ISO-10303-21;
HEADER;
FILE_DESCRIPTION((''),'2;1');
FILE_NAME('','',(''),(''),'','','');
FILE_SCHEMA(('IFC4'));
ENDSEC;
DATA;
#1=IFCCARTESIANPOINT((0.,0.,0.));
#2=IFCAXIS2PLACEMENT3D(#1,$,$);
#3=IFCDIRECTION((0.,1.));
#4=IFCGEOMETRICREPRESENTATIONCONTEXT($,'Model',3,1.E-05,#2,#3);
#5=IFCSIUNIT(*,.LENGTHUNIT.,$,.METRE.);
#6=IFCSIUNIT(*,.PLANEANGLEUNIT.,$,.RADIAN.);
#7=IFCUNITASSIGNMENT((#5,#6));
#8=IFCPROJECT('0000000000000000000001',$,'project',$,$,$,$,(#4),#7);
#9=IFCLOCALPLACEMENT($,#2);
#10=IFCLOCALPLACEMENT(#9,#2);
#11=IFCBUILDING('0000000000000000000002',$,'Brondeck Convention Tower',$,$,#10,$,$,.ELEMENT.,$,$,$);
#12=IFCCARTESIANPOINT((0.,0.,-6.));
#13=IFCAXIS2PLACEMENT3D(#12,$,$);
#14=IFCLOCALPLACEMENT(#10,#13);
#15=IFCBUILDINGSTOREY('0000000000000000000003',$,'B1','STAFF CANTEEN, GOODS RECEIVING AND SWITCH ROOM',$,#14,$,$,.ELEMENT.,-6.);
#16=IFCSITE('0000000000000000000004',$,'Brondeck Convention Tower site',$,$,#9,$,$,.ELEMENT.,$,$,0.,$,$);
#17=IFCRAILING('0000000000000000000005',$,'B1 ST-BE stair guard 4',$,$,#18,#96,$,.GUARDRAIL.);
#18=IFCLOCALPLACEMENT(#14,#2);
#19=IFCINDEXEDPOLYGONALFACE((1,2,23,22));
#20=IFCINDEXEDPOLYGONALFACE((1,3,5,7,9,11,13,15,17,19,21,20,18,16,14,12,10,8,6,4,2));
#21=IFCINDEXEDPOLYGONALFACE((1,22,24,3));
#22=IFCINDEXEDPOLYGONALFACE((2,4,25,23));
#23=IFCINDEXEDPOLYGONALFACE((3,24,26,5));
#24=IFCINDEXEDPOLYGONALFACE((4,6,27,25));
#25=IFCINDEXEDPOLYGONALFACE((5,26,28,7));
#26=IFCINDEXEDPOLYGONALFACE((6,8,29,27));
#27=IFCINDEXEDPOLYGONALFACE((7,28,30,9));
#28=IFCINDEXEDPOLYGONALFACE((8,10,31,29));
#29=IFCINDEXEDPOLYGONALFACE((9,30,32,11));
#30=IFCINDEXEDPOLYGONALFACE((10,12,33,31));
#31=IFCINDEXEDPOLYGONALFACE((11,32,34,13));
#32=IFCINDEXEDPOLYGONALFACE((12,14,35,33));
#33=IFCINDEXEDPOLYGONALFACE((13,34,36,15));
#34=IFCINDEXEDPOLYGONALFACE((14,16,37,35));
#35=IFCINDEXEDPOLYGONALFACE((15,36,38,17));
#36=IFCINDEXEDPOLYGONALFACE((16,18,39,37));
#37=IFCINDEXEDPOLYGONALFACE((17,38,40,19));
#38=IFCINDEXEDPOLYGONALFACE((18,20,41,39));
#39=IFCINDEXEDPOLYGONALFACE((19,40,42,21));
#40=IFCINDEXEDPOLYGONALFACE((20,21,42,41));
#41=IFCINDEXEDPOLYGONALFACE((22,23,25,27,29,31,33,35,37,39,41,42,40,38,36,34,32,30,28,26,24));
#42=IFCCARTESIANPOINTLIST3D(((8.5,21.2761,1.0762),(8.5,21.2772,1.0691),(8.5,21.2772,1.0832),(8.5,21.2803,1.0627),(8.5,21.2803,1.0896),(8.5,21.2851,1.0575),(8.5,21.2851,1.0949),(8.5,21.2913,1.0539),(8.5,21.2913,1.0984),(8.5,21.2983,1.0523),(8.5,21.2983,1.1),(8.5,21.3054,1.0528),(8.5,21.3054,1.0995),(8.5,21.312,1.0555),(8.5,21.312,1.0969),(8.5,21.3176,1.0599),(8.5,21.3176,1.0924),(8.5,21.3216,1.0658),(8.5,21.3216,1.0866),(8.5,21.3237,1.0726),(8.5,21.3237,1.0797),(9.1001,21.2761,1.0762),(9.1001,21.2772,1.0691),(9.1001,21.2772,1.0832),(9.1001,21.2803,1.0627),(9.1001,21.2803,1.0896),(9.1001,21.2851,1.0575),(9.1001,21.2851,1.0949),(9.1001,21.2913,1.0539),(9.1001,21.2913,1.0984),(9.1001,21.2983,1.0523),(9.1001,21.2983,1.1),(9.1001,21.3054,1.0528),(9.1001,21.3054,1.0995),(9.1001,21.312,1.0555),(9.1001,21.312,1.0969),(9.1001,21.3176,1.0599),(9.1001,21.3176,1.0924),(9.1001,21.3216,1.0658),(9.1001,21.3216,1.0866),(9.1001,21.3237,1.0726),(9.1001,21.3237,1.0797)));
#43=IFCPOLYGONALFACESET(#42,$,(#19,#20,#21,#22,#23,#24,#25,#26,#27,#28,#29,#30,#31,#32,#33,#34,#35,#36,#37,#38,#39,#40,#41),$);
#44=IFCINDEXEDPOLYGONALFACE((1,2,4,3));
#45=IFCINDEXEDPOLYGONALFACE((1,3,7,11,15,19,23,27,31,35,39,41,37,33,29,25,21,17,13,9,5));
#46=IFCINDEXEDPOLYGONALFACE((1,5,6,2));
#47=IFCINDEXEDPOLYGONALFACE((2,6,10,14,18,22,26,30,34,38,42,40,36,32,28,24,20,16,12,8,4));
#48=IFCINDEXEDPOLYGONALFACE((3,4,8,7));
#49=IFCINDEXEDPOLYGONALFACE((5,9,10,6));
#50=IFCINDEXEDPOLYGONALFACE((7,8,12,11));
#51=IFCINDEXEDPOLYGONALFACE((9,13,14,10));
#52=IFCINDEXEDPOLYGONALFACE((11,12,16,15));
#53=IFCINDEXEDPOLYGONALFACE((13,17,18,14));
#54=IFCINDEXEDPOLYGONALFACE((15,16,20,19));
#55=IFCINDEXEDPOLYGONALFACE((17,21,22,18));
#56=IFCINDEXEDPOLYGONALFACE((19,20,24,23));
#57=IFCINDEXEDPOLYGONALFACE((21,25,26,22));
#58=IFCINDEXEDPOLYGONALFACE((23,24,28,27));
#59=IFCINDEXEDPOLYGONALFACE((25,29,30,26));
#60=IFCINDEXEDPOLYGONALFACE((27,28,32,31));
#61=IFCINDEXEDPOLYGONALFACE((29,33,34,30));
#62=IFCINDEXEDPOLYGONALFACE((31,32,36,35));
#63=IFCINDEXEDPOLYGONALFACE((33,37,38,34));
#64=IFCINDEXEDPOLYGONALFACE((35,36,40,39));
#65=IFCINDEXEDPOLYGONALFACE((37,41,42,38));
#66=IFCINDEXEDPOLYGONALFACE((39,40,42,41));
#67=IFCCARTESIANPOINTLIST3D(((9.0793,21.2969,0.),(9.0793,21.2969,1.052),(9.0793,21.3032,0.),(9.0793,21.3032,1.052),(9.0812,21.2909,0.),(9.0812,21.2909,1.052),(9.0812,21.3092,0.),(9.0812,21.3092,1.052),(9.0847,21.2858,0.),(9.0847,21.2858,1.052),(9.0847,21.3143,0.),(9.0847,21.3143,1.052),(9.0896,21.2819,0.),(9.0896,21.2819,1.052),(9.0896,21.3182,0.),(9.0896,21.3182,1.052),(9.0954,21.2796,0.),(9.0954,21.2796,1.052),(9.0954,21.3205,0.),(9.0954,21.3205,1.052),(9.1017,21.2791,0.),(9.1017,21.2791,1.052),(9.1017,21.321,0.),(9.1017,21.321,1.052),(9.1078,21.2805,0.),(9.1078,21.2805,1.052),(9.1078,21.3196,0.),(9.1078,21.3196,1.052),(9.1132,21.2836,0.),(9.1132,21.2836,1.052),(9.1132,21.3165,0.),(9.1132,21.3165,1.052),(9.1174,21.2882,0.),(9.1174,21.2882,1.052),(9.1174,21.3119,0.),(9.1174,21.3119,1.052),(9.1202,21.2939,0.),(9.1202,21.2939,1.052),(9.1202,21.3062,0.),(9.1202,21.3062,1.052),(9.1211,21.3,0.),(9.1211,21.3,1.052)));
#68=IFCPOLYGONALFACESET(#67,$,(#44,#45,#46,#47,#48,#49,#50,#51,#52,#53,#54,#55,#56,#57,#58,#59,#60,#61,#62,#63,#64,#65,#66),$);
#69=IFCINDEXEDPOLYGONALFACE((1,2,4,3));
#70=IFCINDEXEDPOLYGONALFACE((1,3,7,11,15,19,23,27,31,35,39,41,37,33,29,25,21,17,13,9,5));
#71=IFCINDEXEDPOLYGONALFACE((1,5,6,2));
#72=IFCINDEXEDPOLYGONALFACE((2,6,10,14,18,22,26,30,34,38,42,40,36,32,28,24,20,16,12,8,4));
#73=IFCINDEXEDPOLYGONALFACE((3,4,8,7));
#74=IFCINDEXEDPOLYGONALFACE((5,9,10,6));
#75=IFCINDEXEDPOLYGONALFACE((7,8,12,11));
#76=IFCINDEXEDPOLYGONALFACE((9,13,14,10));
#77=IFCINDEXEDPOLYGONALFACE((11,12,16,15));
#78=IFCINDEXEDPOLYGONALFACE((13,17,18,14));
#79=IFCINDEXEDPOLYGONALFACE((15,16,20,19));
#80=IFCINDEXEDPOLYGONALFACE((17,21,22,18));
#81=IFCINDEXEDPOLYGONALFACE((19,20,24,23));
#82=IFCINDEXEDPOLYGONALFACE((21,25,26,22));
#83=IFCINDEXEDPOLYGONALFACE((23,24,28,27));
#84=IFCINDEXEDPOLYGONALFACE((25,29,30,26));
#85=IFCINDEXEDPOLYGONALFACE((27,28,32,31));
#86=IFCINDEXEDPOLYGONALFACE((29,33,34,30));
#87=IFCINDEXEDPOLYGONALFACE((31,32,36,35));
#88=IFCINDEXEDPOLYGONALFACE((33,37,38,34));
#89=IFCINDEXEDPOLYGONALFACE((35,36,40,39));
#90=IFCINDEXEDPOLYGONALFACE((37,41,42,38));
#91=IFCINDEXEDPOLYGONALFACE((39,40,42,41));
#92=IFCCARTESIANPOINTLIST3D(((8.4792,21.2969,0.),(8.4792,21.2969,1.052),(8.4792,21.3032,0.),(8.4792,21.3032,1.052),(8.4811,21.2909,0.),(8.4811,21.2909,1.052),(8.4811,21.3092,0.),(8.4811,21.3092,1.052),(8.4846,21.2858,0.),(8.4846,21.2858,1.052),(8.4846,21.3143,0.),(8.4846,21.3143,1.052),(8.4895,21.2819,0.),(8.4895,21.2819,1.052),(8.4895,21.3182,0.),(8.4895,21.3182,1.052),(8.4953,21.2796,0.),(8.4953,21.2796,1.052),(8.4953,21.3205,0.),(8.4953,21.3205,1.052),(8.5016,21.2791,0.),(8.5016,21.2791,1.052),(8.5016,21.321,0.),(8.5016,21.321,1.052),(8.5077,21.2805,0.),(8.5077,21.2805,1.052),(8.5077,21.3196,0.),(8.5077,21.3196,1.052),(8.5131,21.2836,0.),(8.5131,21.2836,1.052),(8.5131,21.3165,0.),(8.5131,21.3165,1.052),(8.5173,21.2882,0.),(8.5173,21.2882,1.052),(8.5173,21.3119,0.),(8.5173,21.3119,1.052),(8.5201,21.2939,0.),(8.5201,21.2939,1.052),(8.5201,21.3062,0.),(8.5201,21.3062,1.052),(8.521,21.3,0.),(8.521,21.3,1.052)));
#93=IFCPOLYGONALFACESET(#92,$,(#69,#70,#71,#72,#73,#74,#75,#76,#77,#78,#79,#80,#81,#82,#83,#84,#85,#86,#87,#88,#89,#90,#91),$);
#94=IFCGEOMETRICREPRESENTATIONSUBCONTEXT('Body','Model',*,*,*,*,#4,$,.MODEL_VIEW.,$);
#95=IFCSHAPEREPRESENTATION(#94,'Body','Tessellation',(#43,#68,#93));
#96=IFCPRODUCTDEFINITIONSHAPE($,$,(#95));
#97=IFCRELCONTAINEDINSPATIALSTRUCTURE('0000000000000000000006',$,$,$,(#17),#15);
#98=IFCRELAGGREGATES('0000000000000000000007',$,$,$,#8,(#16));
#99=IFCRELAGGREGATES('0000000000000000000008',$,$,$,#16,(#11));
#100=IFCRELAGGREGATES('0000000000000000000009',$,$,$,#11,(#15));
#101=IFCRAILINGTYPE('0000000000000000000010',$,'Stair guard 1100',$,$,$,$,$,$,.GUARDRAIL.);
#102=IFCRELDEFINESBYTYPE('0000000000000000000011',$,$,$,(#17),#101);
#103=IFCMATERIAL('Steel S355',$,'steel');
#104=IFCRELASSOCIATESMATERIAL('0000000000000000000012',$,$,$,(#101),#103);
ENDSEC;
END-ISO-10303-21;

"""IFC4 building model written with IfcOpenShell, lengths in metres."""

from ifc_helpers import new_model, si_unit, direction, frame, origin, origin_2d, place, context, subcontext, project, spatial, circle, extrude, material, type_object, element, save


model = new_model("IFC4")

# Units and contexts
model_context = context("Model", 3, precision=1e-05, world=origin(), true_north=direction((0.0, 1.0)))
body_context = subcontext(model_context, "Body", "Model", "MODEL_VIEW")
ifc_project = project(units=[si_unit("LENGTHUNIT", "METRE"), si_unit("PLANEANGLEUNIT", "RADIAN")], contexts=[model_context])

# Site, building, storey
site_placement = place(None, origin())
site = spatial("IfcSite", under=ifc_project, at=site_placement, Name="Brondeck Convention Tower site", CompositionType="ELEMENT", RefElevation=0.0)
building_placement = place(site_placement, origin())
building = spatial("IfcBuilding", under=site, at=building_placement, Name="Brondeck Convention Tower", CompositionType="ELEMENT")
storey_placement = place(building_placement, frame((0.0, 0.0, -6.0)))
storey = spatial("IfcBuildingStorey", under=building, at=storey_placement, Name="B1", Description="STAFF CANTEEN, GOODS RECEIVING AND SWITCH ROOM", CompositionType="ELEMENT", Elevation=-6.0)

# Shared definitions
ifc_material_1 = material(Name="Steel S355", Category="steel")

# Railing
railing_type_1 = type_object("IfcRailingType", Name="Stair guard 1100", PredefinedType="GUARDRAIL", material=ifc_material_1)
railing_1_placement = place(storey_placement, frame((9.1001, 21.3, 0.0)))
element("IfcRailing", 1, at=railing_1_placement, inside=storey, type_object=railing_type_1, Name="B1 ST-BE stair guard 4", PredefinedType="GUARDRAIL", context=body_context, shape_type="SweptSolid", body=[
    extrude(circle(Radius=0.0239, at=origin_2d()), frame((0.0, 0.0, 1.0762), z_axis=(-1.0, 0.0, 0.0), x_axis=(0.0, -1.0, 0.0)), (0.0, 0.0, 1.0), 0.6001),
    extrude(circle(Radius=0.021, at=origin_2d()), origin(), (0.0, 0.0, 1.0), 1.052),
    extrude(circle(Radius=0.021, at=origin_2d()), frame((-0.6001, 0.0, 0.0)), (0.0, 0.0, 1.0), 1.052),
])

save(model, "model.ifc")
